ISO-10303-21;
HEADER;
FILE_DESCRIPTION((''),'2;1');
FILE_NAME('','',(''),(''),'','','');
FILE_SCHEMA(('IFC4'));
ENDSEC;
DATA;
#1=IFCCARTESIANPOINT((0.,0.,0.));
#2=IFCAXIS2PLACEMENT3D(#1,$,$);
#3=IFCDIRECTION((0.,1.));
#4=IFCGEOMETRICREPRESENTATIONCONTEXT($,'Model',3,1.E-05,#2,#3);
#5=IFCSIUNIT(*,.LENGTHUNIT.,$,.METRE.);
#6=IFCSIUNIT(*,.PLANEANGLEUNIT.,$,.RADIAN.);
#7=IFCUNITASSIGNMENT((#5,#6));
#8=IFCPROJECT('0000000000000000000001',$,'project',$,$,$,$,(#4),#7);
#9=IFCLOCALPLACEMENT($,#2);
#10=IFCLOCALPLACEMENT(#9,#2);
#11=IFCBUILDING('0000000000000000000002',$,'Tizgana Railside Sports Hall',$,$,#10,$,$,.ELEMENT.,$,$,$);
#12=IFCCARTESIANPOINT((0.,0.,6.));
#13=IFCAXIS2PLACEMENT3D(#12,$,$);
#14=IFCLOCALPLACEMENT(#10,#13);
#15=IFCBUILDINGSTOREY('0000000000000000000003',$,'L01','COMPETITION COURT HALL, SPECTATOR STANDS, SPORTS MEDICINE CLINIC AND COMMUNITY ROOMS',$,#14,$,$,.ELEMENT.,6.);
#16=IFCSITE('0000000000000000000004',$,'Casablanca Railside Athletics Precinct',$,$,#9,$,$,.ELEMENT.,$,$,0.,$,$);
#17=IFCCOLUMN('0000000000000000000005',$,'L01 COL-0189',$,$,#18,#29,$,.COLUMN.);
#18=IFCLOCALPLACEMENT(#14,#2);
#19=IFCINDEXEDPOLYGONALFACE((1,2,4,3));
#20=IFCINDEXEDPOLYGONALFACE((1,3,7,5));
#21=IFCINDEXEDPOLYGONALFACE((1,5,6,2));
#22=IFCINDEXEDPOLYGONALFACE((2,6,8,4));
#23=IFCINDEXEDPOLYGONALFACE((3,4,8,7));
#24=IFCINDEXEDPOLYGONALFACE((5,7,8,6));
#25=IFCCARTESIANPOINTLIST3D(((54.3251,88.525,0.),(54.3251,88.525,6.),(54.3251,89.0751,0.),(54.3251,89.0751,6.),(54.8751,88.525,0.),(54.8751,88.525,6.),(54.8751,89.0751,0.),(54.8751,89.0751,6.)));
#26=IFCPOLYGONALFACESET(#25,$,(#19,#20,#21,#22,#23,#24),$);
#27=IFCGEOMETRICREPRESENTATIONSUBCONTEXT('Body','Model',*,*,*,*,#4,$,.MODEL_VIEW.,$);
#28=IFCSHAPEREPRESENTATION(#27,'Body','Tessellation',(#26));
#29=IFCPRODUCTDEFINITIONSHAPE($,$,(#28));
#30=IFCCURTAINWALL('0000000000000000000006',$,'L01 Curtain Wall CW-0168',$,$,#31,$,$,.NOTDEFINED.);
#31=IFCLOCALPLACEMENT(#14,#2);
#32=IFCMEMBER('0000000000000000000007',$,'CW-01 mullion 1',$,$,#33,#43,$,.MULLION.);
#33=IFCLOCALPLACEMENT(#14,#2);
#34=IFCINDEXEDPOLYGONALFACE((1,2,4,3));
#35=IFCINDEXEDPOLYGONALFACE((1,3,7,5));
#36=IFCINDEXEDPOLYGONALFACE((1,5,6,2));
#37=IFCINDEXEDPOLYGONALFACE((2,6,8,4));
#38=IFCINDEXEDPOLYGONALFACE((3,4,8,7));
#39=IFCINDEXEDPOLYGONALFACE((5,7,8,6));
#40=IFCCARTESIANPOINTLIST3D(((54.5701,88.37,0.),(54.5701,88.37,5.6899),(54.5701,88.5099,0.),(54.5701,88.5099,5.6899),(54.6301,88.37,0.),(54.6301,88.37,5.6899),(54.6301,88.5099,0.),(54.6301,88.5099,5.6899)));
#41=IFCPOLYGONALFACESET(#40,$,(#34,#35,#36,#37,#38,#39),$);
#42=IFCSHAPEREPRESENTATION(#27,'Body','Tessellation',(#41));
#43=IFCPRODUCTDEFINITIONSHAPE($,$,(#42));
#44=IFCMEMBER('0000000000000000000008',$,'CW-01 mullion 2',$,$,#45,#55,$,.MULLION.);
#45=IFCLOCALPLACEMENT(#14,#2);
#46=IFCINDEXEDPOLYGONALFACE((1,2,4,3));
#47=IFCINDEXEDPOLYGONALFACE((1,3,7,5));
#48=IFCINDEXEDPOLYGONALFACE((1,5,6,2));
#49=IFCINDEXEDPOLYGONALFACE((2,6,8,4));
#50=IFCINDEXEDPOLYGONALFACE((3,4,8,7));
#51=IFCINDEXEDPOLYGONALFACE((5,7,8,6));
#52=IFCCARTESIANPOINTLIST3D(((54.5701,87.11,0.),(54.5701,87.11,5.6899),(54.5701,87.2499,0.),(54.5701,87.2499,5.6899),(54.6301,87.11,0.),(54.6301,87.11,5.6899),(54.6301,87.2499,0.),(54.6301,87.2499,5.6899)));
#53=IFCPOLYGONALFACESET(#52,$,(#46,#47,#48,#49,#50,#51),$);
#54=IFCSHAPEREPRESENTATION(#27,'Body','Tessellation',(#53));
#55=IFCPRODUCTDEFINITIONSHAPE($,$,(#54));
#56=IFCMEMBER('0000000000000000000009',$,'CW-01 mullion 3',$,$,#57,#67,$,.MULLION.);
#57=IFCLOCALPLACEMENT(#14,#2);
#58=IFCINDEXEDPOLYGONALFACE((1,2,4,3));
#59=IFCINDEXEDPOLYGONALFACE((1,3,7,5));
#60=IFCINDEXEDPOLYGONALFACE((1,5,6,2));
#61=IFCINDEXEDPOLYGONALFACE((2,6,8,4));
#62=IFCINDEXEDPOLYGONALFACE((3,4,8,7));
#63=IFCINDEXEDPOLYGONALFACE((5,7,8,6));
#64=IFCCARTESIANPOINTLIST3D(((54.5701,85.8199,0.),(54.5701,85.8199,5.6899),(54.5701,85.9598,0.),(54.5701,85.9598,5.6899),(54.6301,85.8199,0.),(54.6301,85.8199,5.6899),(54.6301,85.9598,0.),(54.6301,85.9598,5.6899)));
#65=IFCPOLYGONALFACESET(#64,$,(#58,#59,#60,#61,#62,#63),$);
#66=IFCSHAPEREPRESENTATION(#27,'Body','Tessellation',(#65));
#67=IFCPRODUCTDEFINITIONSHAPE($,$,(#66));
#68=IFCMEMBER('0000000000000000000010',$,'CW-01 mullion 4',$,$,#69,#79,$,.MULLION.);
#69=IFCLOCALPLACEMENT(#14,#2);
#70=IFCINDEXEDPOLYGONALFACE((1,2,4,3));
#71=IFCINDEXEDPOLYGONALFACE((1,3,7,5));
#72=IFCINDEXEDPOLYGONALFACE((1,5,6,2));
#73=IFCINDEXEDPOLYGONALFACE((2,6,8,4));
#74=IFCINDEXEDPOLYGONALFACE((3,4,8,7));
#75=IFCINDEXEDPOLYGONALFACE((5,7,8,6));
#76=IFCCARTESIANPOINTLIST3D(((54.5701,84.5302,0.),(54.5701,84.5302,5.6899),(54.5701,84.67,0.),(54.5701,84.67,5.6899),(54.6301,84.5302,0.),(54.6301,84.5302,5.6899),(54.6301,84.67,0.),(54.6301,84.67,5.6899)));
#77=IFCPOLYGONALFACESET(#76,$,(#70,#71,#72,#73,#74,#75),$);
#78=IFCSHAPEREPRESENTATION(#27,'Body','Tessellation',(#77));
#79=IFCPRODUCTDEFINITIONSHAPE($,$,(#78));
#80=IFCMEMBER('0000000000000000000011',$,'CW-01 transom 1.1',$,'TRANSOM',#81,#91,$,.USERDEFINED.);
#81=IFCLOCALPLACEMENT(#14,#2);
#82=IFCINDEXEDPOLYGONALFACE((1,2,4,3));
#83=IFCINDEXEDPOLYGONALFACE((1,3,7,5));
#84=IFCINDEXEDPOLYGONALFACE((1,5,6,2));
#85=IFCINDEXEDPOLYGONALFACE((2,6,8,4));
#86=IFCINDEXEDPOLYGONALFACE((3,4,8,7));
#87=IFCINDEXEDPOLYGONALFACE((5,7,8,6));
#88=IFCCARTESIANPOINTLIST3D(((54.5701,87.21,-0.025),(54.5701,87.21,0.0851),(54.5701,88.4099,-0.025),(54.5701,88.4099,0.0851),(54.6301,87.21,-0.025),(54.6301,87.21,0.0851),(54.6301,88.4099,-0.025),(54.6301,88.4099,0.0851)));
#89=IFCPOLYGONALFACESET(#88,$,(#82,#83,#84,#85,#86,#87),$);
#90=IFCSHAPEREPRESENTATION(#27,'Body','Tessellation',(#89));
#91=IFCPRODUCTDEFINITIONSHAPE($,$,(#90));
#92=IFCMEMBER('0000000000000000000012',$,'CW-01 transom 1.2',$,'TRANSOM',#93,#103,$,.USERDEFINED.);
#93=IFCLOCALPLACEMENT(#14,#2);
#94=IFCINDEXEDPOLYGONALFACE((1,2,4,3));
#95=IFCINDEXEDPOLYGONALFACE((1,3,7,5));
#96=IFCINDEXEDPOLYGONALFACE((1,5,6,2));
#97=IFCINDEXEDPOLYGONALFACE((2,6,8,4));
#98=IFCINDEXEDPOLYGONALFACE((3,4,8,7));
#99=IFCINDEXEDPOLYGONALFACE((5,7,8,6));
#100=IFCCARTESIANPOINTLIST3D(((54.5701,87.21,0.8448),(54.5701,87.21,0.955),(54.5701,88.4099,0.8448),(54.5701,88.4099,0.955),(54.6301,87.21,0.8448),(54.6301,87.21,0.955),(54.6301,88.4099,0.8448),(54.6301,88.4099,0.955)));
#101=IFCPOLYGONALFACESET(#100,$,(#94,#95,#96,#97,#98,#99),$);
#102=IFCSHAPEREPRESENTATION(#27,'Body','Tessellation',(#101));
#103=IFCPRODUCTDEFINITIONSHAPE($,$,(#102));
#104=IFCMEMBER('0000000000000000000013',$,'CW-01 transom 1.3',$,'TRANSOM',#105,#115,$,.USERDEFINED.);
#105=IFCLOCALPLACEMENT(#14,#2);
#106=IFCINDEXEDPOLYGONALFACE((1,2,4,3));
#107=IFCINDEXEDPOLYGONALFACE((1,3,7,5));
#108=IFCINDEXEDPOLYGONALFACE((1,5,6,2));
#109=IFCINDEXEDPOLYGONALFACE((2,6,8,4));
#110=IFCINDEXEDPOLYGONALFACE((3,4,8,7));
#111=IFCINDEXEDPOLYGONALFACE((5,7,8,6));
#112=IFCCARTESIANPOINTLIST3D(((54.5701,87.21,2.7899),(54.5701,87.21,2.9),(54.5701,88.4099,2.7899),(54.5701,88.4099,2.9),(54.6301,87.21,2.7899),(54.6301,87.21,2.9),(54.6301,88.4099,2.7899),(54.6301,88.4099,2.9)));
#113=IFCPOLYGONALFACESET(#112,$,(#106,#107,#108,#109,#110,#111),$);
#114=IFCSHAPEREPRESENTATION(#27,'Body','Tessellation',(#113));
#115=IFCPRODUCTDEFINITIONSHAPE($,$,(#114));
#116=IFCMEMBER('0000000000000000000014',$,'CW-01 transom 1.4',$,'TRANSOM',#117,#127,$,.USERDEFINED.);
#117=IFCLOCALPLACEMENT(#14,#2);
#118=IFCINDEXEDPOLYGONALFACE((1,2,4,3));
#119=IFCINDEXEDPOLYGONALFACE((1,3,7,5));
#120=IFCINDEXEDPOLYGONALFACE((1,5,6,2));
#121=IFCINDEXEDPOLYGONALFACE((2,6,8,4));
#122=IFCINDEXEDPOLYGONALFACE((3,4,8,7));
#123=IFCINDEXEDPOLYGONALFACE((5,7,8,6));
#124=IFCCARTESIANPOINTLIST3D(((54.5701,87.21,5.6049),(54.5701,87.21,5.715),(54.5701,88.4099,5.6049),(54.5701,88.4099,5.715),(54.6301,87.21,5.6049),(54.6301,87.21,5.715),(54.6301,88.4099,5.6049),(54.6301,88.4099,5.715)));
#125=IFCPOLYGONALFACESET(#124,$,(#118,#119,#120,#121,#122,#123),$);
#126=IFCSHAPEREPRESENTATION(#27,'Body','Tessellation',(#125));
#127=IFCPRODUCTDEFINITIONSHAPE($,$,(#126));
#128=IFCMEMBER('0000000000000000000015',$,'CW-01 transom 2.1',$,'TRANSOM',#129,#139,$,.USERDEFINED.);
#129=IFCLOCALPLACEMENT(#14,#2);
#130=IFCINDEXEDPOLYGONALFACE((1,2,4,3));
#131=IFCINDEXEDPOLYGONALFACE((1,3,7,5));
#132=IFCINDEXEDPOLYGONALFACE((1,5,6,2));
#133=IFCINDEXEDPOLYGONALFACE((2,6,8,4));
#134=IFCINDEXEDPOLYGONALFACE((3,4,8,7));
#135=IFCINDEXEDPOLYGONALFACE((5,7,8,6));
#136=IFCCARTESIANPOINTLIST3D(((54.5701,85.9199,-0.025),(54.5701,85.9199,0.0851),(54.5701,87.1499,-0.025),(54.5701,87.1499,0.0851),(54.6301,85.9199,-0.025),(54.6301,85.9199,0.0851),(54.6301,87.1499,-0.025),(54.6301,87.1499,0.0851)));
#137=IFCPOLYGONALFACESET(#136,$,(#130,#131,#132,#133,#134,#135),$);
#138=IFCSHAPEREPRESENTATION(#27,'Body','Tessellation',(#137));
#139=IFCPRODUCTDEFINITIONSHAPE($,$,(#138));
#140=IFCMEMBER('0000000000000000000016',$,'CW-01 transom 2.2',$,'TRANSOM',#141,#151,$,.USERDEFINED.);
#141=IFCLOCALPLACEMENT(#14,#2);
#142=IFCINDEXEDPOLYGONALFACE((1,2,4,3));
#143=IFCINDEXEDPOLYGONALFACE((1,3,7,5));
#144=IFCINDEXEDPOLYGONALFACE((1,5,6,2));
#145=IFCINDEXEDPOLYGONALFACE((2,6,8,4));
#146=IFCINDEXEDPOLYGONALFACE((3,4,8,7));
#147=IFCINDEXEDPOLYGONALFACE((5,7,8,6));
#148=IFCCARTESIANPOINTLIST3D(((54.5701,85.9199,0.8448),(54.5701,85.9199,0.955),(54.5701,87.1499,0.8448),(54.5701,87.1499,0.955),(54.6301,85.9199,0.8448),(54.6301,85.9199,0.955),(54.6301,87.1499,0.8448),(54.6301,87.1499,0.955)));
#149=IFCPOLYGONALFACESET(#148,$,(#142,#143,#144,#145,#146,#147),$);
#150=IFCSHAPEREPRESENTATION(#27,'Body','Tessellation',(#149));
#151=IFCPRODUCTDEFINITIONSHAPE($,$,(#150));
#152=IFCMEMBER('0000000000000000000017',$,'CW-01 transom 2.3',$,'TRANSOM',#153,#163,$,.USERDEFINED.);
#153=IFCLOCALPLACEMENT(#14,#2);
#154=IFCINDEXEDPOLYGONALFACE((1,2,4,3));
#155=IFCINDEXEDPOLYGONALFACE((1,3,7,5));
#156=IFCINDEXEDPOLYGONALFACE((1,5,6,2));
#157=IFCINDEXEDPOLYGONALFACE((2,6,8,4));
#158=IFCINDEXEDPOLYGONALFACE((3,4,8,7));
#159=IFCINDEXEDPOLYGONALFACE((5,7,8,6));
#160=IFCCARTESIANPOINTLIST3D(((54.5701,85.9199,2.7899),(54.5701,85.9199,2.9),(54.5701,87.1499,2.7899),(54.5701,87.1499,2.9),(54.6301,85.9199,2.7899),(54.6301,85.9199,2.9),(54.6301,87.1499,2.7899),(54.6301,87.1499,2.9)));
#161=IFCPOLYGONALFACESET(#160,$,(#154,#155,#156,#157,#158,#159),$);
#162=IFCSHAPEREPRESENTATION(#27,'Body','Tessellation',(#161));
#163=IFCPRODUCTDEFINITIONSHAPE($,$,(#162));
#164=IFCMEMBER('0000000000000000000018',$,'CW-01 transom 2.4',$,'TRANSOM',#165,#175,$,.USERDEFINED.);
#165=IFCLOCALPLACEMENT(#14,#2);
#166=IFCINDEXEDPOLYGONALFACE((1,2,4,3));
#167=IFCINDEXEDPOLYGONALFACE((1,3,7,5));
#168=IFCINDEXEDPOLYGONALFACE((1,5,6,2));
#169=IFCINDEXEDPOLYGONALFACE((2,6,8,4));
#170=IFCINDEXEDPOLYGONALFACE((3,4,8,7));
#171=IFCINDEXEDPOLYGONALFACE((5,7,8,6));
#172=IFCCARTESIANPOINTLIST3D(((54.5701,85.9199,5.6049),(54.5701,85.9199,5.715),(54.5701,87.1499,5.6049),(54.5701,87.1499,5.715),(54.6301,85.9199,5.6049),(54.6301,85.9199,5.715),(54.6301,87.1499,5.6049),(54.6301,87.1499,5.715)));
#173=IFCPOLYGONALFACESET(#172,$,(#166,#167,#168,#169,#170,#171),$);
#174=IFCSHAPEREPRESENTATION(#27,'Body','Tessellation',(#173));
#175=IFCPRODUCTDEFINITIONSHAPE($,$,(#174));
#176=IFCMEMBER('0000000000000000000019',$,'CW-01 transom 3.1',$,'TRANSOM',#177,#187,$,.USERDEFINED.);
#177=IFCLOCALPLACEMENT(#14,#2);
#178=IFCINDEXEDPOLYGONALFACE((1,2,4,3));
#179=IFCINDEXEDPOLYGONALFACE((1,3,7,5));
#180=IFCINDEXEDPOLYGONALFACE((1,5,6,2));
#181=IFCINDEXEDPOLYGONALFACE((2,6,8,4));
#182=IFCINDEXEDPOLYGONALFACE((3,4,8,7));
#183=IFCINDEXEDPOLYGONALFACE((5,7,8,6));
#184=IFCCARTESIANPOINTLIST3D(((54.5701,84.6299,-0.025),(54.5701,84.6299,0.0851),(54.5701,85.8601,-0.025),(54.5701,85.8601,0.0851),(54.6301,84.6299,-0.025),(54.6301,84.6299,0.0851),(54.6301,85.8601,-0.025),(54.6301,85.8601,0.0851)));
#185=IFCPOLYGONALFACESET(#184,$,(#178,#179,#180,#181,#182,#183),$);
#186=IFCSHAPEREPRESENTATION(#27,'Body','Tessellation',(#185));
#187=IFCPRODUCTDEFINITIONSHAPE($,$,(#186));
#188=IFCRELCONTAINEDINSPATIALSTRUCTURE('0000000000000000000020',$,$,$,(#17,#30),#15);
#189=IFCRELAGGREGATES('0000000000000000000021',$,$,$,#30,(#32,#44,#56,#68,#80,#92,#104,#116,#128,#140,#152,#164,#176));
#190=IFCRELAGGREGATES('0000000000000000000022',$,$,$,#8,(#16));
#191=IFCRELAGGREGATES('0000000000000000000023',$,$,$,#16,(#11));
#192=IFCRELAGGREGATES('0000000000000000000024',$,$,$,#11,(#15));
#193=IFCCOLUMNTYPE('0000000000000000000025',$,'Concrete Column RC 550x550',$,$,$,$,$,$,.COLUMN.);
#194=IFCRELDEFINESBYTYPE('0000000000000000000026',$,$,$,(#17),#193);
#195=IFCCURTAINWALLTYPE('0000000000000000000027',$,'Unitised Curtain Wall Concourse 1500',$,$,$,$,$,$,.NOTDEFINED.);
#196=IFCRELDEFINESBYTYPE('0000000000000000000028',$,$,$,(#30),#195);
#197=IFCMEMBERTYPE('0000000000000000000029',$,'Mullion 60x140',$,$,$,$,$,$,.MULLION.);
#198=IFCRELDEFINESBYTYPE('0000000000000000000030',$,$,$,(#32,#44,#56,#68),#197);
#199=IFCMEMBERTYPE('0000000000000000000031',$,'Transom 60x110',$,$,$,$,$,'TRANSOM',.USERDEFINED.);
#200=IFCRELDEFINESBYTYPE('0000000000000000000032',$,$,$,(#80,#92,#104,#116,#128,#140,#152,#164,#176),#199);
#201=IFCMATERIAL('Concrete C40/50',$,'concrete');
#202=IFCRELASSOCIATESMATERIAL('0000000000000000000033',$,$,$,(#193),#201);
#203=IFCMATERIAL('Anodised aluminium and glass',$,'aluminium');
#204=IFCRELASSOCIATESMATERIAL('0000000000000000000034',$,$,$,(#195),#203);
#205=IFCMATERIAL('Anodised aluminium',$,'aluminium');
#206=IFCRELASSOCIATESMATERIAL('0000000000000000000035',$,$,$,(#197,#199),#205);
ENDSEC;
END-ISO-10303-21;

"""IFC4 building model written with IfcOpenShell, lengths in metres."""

from ifc_helpers import new_model, si_unit, direction, frame, origin, origin_2d, place, context, subcontext, project, spatial, rectangle, extrude, material, material_profile, profile_set, type_object, element, aggregate, save


model = new_model("IFC4")

# Units and contexts
model_context = context("Model", 3, precision=1e-05, world=origin(), true_north=direction((0.0, 1.0)))
body_context = subcontext(model_context, "Body", "Model", "MODEL_VIEW")
ifc_project = project(units=[si_unit("LENGTHUNIT", "METRE"), si_unit("PLANEANGLEUNIT", "RADIAN")], contexts=[model_context])

# Site, building, storey
site_placement = place(None, origin())
site = spatial("IfcSite", under=ifc_project, at=site_placement, Name="Casablanca Railside Athletics Precinct", CompositionType="ELEMENT", RefElevation=0.0)
building_placement = place(site_placement, origin())
building = spatial("IfcBuilding", under=site, at=building_placement, Name="Tizgana Railside Sports Hall", CompositionType="ELEMENT")
storey_placement = place(building_placement, frame((0.0, 0.0, 6.0)))
storey = spatial("IfcBuildingStorey", under=building, at=storey_placement, Name="L01", Description="COMPETITION COURT HALL, SPECTATOR STANDS, SPORTS MEDICINE CLINIC AND COMMUNITY ROOMS", CompositionType="ELEMENT", Elevation=6.0)

# Column
ifc_material_1 = material(Name="Concrete C40/50", Category="concrete")
ifc_material_profile_1 = material_profile(ifc_material_1, rectangle(XDim=0.55, YDim=0.55, at=origin_2d()), Name="RC 550x550")
ifc_profile_set_1 = profile_set([ifc_material_profile_1], Name="Concrete C40/50")
column_type = type_object("IfcColumnType", Name="Concrete Column RC 550x550", PredefinedType="COLUMN", material=ifc_profile_set_1)
column_placement = place(storey_placement, frame((54.6001, 88.8, 0.0), z_axis=(0.0, 0.0, 1.0), x_axis=(1.0, 0.0, 0.0)))
element("IfcColumn", 1, at=column_placement, inside=storey, type_object=column_type, Name="L01 COL-0189", PredefinedType="COLUMN", context=body_context, shape_type="SweptSolid", body=[
    extrude(rectangle(XDim=0.55, YDim=0.55, at=origin_2d()), origin(), (0.0, 0.0, 1.0), 6.0),
])

# Curtain wall, members
ifc_material_2 = material(Name="Anodised aluminium and glass", Category="aluminium")
curtain_wall_type = type_object("IfcCurtainWallType", Name="Unitised Curtain Wall Concourse 1500", PredefinedType="NOTDEFINED", material=ifc_material_2)
curtain_wall_placement = place(storey_placement, origin())
curtain_wall = element("IfcCurtainWall", 2, at=curtain_wall_placement, inside=storey, type_object=curtain_wall_type, Name="L01 Curtain Wall CW-0168", PredefinedType="NOTDEFINED")
ifc_material_3 = material(Name="Anodised aluminium", Category="aluminium")
ifc_material_profile_2 = material_profile(ifc_material_3, rectangle(XDim=0.0601, YDim=0.1399, at=origin_2d()), Name="Mullion 60x140")
ifc_profile_set_2 = profile_set([ifc_material_profile_2], Name="Anodised aluminium")
member_type_1 = type_object("IfcMemberType", Name="Mullion 60x140", PredefinedType="MULLION", material=ifc_profile_set_2)
member_1_placement = place(storey_placement, frame((54.6001, 88.4399, 0.0), z_axis=(0.0, 0.0, 1.0), x_axis=(1.0, 0.0, 0.0)))
member_1 = element("IfcMember", 3, at=member_1_placement, type_object=member_type_1, Name="CW-01 mullion 1", PredefinedType="MULLION", context=body_context, shape_type="SweptSolid", body=[
    extrude(rectangle(XDim=0.0601, YDim=0.1399, at=origin_2d()), origin(), (0.0, 0.0, 1.0), 5.6899),
])
member_2_placement = place(storey_placement, frame((54.6001, 87.1799, 0.0), z_axis=(0.0, 0.0, 1.0), x_axis=(1.0, 0.0, 0.0)))
member_2 = element("IfcMember", 4, at=member_2_placement, type_object=member_type_1, Name="CW-01 mullion 2", PredefinedType="MULLION", context=body_context, shape_type="SweptSolid", body=[
    extrude(rectangle(XDim=0.0601, YDim=0.1399, at=origin_2d()), origin(), (0.0, 0.0, 1.0), 5.6899),
])
member_3_placement = place(storey_placement, frame((54.6001, 85.8899, 0.0), z_axis=(0.0, 0.0, 1.0), x_axis=(1.0, 0.0, 0.0)))
member_3 = element("IfcMember", 5, at=member_3_placement, type_object=member_type_1, Name="CW-01 mullion 3", PredefinedType="MULLION", context=body_context, shape_type="SweptSolid", body=[
    extrude(rectangle(XDim=0.0601, YDim=0.1399, at=origin_2d()), origin(), (0.0, 0.0, 1.0), 5.6899),
])
member_4_placement = place(storey_placement, frame((54.6001, 84.6001, 0.0), z_axis=(0.0, 0.0, 1.0), x_axis=(1.0, 0.0, 0.0)))
member_4 = element("IfcMember", 6, at=member_4_placement, type_object=member_type_1, Name="CW-01 mullion 4", PredefinedType="MULLION", context=body_context, shape_type="SweptSolid", body=[
    extrude(rectangle(XDim=0.0601, YDim=0.1399, at=origin_2d()), origin(), (0.0, 0.0, 1.0), 5.6899),
])
ifc_material_profile_3 = material_profile(ifc_material_3, rectangle(XDim=0.0601, YDim=0.1101, at=origin_2d()), Name="Transom 60x110")
ifc_profile_set_3 = profile_set([ifc_material_profile_3], Name="Anodised aluminium")
member_type_2 = type_object("IfcMemberType", Name="Transom 60x110", ElementType="TRANSOM", PredefinedType="USERDEFINED", material=ifc_profile_set_3)
member_5_placement = place(storey_placement, frame((54.6001, 88.4099, 0.03), z_axis=(0.0, -1.0, 0.0), x_axis=(1.0, 0.0, 0.0)))
member_5 = element("IfcMember", 7, at=member_5_placement, type_object=member_type_2, Name="CW-01 transom 1.1", ObjectType="TRANSOM", PredefinedType="USERDEFINED", context=body_context, shape_type="SweptSolid", body=[
    extrude(rectangle(XDim=0.0601, YDim=0.1101, at=origin_2d()), origin(), (0.0, 0.0, 1.0), 1.2),
])
member_6_placement = place(storey_placement, frame((54.6001, 88.4099, 0.8999), z_axis=(0.0, -1.0, 0.0), x_axis=(1.0, 0.0, 0.0)))
member_6 = element("IfcMember", 8, at=member_6_placement, type_object=member_type_2, Name="CW-01 transom 1.2", ObjectType="TRANSOM", PredefinedType="USERDEFINED", context=body_context, shape_type="SweptSolid", body=[
    extrude(rectangle(XDim=0.0601, YDim=0.1101, at=origin_2d()), origin(), (0.0, 0.0, 1.0), 1.2),
])
member_7_placement = place(storey_placement, frame((54.6001, 88.4099, 2.845), z_axis=(0.0, -1.0, 0.0), x_axis=(1.0, 0.0, 0.0)))
member_7 = element("IfcMember", 9, at=member_7_placement, type_object=member_type_2, Name="CW-01 transom 1.3", ObjectType="TRANSOM", PredefinedType="USERDEFINED", context=body_context, shape_type="SweptSolid", body=[
    extrude(rectangle(XDim=0.0601, YDim=0.1101, at=origin_2d()), origin(), (0.0, 0.0, 1.0), 1.2),
])
member_8_placement = place(storey_placement, frame((54.6001, 88.4099, 5.6599), z_axis=(0.0, -1.0, 0.0), x_axis=(1.0, 0.0, 0.0)))
member_8 = element("IfcMember", 10, at=member_8_placement, type_object=member_type_2, Name="CW-01 transom 1.4", ObjectType="TRANSOM", PredefinedType="USERDEFINED", context=body_context, shape_type="SweptSolid", body=[
    extrude(rectangle(XDim=0.0601, YDim=0.1101, at=origin_2d()), origin(), (0.0, 0.0, 1.0), 1.2),
])
member_9_placement = place(storey_placement, frame((54.6001, 87.1499, 0.03), z_axis=(0.0, -1.0, 0.0), x_axis=(1.0, 0.0, 0.0)))
member_9 = element("IfcMember", 11, at=member_9_placement, type_object=member_type_2, Name="CW-01 transom 2.1", ObjectType="TRANSOM", PredefinedType="USERDEFINED", context=body_context, shape_type="SweptSolid", body=[
    extrude(rectangle(XDim=0.0601, YDim=0.1101, at=origin_2d()), origin(), (0.0, 0.0, 1.0), 1.23),
])
member_10_placement = place(storey_placement, frame((54.6001, 87.1499, 0.8999), z_axis=(0.0, -1.0, 0.0), x_axis=(1.0, 0.0, 0.0)))
member_10 = element("IfcMember", 12, at=member_10_placement, type_object=member_type_2, Name="CW-01 transom 2.2", ObjectType="TRANSOM", PredefinedType="USERDEFINED", context=body_context, shape_type="SweptSolid", body=[
    extrude(rectangle(XDim=0.0601, YDim=0.1101, at=origin_2d()), origin(), (0.0, 0.0, 1.0), 1.23),
])
member_11_placement = place(storey_placement, frame((54.6001, 87.1499, 2.845), z_axis=(0.0, -1.0, 0.0), x_axis=(1.0, 0.0, 0.0)))
member_11 = element("IfcMember", 13, at=member_11_placement, type_object=member_type_2, Name="CW-01 transom 2.3", ObjectType="TRANSOM", PredefinedType="USERDEFINED", context=body_context, shape_type="SweptSolid", body=[
    extrude(rectangle(XDim=0.0601, YDim=0.1101, at=origin_2d()), origin(), (0.0, 0.0, 1.0), 1.23),
])
member_12_placement = place(storey_placement, frame((54.6001, 87.1499, 5.6599), z_axis=(0.0, -1.0, 0.0), x_axis=(1.0, 0.0, 0.0)))
member_12 = element("IfcMember", 14, at=member_12_placement, type_object=member_type_2, Name="CW-01 transom 2.4", ObjectType="TRANSOM", PredefinedType="USERDEFINED", context=body_context, shape_type="SweptSolid", body=[
    extrude(rectangle(XDim=0.0601, YDim=0.1101, at=origin_2d()), origin(), (0.0, 0.0, 1.0), 1.23),
])
member_13_placement = place(storey_placement, frame((54.6001, 85.8601, 0.03), z_axis=(0.0, -1.0, 0.0), x_axis=(1.0, 0.0, 0.0)))
member_13 = element("IfcMember", 15, at=member_13_placement, type_object=member_type_2, Name="CW-01 transom 3.1", ObjectType="TRANSOM", PredefinedType="USERDEFINED", context=body_context, shape_type="SweptSolid", body=[
    extrude(rectangle(XDim=0.0601, YDim=0.1101, at=origin_2d()), origin(), (0.0, 0.0, 1.0), 1.2302),
])
aggregate(curtain_wall, [member_1, member_2, member_3, member_4, member_5, member_6, member_7, member_8, member_9, member_10, member_11, member_12, member_13])

save(model, "model.ifc")
